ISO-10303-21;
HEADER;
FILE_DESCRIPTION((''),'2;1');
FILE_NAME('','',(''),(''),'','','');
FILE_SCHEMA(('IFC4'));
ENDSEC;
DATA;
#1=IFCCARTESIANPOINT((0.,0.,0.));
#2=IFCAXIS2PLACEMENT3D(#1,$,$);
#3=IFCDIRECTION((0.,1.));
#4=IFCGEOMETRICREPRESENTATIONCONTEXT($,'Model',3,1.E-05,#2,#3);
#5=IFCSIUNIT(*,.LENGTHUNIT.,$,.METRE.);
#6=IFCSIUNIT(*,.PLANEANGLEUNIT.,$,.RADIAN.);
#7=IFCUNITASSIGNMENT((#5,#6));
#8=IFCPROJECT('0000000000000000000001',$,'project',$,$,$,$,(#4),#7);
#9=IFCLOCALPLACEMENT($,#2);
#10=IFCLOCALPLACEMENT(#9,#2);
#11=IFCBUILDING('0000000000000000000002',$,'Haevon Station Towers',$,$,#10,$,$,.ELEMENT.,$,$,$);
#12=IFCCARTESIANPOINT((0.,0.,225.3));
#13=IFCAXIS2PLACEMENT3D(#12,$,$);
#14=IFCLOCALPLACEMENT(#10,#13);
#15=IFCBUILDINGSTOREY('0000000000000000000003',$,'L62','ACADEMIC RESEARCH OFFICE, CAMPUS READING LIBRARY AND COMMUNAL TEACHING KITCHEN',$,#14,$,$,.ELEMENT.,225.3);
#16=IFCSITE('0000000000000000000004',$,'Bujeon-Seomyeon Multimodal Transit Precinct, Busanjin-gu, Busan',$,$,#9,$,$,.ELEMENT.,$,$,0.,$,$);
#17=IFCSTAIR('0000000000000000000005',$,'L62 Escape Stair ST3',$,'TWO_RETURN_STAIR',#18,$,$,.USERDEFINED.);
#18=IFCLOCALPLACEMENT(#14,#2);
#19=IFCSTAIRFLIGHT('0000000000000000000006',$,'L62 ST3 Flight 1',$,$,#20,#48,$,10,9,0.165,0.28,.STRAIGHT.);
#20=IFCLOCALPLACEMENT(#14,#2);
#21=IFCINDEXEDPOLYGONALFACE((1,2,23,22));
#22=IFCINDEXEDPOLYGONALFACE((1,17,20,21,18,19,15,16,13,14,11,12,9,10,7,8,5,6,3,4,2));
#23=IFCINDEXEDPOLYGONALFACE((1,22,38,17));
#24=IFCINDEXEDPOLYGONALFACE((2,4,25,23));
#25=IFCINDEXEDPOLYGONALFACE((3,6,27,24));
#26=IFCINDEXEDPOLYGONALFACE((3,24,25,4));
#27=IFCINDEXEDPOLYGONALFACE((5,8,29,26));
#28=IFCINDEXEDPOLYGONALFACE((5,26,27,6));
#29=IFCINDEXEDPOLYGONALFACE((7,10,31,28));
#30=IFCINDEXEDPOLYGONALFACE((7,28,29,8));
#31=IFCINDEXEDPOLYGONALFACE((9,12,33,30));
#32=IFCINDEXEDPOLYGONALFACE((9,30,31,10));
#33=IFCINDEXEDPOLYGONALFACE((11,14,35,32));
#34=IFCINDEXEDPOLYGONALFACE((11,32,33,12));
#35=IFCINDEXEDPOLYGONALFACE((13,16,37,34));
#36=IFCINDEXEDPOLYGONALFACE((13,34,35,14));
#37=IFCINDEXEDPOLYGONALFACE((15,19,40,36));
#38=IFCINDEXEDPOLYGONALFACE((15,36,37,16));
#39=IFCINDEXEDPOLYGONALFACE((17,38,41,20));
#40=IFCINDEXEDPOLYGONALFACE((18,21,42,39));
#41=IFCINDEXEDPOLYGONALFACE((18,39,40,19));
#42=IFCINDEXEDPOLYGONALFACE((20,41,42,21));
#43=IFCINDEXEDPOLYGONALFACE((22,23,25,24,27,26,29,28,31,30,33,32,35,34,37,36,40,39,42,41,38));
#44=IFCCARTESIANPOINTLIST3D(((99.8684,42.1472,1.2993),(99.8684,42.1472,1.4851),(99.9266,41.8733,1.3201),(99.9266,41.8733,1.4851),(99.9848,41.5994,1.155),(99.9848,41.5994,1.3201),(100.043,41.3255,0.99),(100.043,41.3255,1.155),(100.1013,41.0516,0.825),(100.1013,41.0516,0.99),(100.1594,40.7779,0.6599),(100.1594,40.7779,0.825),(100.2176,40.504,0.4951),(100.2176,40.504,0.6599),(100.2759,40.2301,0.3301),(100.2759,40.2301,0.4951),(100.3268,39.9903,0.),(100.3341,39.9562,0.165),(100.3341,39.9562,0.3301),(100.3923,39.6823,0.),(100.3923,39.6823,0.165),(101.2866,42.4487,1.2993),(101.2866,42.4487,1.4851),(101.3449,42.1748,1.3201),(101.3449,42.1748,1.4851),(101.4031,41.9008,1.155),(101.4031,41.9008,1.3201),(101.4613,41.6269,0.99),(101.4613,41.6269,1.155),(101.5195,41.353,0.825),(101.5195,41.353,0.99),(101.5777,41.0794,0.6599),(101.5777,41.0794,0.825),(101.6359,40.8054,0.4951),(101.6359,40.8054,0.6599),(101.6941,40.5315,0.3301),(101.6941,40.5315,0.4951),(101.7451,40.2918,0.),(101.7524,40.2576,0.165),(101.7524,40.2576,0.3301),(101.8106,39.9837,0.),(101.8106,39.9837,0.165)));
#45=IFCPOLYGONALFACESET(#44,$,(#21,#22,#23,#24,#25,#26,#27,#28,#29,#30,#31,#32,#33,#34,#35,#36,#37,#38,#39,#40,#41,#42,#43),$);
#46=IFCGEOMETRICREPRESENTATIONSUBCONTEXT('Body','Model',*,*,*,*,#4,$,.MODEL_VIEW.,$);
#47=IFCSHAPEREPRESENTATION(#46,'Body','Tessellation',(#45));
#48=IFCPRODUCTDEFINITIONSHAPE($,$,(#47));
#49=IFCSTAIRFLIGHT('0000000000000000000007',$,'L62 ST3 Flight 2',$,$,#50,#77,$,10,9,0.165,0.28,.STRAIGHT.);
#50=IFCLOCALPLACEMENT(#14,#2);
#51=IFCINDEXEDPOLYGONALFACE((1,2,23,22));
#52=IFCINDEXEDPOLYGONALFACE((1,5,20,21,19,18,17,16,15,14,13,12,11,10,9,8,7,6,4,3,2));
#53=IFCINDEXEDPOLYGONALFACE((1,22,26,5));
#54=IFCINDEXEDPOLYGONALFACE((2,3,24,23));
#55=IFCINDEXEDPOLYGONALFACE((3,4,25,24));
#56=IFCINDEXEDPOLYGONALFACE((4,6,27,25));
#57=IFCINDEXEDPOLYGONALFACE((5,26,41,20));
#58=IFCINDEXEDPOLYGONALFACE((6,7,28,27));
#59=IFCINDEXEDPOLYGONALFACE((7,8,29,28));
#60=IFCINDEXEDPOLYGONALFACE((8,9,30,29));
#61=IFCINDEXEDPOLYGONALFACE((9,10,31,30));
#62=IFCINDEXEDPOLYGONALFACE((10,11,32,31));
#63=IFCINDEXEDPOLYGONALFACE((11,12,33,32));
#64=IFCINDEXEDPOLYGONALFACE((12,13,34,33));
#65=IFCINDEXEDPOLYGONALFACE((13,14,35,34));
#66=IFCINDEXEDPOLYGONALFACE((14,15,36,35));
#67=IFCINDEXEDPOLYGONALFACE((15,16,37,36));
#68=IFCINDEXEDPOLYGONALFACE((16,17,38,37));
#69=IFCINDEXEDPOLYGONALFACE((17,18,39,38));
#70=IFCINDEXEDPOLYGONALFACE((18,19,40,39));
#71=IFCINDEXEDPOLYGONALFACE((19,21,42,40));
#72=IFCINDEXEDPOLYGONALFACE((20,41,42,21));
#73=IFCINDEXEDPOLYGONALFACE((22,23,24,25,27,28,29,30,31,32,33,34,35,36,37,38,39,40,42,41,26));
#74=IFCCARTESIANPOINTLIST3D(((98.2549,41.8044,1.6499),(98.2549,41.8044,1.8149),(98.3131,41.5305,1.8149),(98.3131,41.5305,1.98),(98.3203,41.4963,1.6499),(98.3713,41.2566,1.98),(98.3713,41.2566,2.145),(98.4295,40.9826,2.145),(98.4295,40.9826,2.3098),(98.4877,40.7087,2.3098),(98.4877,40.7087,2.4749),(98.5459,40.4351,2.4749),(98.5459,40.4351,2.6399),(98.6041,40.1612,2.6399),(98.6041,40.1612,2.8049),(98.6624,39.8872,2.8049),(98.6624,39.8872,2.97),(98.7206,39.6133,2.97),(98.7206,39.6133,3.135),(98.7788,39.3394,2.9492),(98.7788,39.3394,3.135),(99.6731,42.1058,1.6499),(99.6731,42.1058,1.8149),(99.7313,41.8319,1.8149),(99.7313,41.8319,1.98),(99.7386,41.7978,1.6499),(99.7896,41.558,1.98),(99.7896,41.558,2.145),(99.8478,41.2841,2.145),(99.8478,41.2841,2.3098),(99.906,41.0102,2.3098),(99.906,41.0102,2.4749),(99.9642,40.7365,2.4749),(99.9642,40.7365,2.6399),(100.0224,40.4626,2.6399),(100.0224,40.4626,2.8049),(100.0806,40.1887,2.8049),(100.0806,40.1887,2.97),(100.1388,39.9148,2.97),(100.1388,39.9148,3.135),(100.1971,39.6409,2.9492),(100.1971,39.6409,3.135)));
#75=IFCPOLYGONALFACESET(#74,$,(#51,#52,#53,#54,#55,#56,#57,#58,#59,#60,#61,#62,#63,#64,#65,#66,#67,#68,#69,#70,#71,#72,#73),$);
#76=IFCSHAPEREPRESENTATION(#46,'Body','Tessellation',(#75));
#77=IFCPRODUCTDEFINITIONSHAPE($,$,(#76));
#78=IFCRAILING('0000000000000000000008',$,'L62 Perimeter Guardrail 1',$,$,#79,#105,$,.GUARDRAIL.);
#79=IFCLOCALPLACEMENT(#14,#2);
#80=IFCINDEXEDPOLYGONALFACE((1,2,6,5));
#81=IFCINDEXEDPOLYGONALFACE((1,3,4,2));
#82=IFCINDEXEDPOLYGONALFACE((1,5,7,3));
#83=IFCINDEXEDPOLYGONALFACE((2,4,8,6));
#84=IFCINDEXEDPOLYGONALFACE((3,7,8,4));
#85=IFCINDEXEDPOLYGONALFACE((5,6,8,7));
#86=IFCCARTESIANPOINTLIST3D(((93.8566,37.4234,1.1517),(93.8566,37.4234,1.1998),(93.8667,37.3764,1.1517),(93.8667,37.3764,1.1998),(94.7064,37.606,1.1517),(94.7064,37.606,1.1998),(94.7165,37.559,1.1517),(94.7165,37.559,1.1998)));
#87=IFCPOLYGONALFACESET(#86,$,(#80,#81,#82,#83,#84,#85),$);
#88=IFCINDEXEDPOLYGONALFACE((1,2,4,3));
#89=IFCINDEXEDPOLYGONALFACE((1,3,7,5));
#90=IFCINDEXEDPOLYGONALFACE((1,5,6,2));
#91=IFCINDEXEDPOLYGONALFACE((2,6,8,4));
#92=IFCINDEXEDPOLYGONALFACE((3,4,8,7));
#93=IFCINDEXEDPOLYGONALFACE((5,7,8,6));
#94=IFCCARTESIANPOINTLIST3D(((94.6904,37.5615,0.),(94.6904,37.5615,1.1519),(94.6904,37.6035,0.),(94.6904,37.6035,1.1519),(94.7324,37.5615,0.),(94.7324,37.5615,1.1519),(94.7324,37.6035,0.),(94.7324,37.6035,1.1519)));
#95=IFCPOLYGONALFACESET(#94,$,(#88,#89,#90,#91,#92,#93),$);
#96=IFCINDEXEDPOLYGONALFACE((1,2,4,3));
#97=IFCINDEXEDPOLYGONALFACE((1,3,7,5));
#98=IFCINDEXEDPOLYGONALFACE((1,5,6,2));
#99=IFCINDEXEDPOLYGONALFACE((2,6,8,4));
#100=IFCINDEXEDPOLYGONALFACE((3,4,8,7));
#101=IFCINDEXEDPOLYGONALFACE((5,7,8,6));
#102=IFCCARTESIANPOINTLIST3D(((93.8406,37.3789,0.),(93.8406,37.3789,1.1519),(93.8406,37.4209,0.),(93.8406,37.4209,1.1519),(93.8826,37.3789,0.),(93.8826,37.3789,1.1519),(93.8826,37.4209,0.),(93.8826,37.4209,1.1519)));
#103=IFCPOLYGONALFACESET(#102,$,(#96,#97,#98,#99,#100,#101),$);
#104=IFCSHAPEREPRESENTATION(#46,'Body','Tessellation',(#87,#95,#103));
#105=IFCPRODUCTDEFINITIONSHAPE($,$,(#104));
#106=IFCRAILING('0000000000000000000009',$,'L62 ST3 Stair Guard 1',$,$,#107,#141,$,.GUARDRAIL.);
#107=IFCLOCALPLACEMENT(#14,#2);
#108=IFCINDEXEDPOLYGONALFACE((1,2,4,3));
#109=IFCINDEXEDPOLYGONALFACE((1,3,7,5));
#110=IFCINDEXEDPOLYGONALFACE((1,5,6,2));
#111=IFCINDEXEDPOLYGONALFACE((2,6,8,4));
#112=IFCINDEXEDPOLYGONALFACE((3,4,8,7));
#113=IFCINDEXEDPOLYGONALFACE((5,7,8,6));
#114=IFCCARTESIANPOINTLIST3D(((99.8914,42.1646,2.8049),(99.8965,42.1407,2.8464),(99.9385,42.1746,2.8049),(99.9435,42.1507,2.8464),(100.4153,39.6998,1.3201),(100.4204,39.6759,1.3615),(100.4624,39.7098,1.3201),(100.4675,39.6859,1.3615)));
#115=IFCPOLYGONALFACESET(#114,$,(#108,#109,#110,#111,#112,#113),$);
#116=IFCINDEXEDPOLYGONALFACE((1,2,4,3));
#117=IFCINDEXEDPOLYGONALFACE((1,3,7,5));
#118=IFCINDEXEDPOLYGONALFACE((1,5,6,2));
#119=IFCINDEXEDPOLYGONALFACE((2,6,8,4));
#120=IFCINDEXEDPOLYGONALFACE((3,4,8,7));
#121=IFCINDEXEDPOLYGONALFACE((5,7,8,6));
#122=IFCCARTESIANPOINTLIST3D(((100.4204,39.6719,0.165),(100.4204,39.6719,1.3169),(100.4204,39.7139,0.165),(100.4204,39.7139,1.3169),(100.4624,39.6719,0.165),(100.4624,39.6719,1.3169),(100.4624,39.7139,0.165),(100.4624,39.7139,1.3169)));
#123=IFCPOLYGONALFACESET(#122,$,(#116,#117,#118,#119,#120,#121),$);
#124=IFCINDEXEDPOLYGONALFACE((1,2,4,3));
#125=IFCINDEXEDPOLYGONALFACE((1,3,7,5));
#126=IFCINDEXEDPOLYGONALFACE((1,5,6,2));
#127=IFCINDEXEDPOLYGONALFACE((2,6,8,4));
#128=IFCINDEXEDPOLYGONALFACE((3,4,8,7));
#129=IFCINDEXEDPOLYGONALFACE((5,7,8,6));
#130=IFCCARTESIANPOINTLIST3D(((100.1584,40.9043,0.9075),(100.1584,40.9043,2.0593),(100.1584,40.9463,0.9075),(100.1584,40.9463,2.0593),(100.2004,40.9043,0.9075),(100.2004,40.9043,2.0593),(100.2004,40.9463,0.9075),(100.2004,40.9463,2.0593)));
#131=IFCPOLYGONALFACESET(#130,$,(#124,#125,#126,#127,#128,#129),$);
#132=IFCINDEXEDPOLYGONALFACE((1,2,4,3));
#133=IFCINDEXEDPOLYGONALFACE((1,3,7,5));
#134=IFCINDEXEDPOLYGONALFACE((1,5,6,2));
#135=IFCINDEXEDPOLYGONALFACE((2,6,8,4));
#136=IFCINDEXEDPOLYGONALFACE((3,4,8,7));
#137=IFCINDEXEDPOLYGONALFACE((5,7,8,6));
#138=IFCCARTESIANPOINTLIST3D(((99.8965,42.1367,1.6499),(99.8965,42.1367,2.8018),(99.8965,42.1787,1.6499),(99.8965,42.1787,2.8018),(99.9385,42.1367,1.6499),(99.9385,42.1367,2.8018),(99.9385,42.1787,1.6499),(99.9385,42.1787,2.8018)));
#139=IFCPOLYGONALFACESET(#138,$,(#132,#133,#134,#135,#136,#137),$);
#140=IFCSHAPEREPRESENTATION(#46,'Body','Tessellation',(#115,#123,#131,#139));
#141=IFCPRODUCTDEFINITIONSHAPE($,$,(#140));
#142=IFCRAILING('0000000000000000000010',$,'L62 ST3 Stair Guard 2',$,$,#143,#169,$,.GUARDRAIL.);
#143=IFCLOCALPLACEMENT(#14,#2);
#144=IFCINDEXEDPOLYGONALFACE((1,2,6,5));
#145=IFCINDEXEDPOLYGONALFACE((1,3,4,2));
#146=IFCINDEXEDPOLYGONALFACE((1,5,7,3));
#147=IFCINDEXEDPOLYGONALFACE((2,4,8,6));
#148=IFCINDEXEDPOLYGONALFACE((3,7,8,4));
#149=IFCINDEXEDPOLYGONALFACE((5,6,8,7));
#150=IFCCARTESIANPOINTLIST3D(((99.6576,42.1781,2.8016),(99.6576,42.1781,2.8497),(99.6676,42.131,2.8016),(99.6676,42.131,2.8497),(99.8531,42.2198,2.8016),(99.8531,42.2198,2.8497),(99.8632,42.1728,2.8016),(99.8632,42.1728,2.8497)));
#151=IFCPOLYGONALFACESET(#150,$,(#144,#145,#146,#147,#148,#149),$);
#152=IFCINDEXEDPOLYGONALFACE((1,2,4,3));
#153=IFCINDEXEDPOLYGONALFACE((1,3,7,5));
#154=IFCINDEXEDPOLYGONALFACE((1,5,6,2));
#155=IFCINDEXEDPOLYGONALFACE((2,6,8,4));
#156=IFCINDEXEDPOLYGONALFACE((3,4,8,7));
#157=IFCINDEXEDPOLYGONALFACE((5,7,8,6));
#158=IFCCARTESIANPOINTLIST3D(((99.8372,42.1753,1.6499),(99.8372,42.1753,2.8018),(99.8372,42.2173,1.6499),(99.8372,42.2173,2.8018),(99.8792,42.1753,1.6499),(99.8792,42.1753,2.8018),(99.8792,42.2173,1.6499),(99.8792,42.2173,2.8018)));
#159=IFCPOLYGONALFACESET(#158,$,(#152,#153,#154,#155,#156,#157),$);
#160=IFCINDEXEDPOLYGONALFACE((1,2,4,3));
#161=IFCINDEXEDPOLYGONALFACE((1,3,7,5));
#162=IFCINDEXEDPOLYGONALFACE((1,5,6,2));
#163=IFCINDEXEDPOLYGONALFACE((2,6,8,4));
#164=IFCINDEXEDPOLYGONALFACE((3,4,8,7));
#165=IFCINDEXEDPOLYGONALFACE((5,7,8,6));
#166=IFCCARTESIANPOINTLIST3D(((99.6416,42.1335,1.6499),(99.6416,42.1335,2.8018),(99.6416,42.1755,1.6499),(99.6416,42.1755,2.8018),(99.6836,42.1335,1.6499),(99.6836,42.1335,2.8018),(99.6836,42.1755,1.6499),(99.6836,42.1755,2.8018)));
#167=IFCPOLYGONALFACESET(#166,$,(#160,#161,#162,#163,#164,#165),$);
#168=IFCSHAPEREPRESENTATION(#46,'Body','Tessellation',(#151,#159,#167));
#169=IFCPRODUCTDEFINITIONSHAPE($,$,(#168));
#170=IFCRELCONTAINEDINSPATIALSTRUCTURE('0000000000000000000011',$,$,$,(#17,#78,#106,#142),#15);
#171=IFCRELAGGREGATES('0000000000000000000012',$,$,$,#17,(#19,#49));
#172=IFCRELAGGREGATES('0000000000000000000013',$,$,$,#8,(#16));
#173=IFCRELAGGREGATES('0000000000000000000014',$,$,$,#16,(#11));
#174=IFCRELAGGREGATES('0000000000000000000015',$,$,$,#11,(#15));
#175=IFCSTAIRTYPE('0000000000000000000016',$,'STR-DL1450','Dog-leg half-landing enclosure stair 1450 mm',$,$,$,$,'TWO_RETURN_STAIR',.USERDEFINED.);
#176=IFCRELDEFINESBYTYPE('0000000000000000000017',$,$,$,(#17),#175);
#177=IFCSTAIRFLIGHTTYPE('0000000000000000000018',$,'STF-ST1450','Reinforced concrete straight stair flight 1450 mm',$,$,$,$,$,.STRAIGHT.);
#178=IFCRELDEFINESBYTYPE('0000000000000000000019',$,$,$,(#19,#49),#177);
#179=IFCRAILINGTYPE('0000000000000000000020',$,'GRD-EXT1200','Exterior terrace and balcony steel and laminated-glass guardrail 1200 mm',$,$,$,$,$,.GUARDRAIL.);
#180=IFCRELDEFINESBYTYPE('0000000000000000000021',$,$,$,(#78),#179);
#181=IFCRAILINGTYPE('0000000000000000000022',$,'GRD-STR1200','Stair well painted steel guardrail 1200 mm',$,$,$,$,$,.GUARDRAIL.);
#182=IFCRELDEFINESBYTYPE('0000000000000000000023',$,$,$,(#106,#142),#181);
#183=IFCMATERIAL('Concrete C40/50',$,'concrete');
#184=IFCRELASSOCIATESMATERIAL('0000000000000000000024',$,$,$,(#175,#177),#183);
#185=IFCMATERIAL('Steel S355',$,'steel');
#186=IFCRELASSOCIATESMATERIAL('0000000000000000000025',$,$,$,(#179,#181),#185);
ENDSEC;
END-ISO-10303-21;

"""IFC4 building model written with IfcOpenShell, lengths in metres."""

from ifc_helpers import new_model, si_unit, direction, frame, origin, origin_2d, place, context, subcontext, project, spatial, polyline, rectangle, outline, extrude, material, type_object, element, aggregate, save


model = new_model("IFC4")

# Units and contexts
model_context = context("Model", 3, precision=1e-05, world=origin(), true_north=direction((0.0, 1.0)))
body_context = subcontext(model_context, "Body", "Model", "MODEL_VIEW")
ifc_project = project(units=[si_unit("LENGTHUNIT", "METRE"), si_unit("PLANEANGLEUNIT", "RADIAN")], contexts=[model_context])

# Site, building, storey
site_placement = place(None, origin())
site = spatial("IfcSite", under=ifc_project, at=site_placement, Name="Bujeon-Seomyeon Multimodal Transit Precinct, Busanjin-gu, Busan", CompositionType="ELEMENT", RefElevation=0.0)
building_placement = place(site_placement, origin())
building = spatial("IfcBuilding", under=site, at=building_placement, Name="Haevon Station Towers", CompositionType="ELEMENT")
storey_placement = place(building_placement, frame((0.0, 0.0, 225.3)))
storey = spatial("IfcBuildingStorey", under=building, at=storey_placement, Name="L62", Description="ACADEMIC RESEARCH OFFICE, CAMPUS READING LIBRARY AND COMMUNAL TEACHING KITCHEN", CompositionType="ELEMENT", Elevation=225.3)

# Shared definitions
ifc_material_1 = material(Name="Steel S355", Category="steel")

# Shared definitions
ifc_material_2 = material(Name="Concrete C40/50", Category="concrete")

# Stair, stair flights
stair_type = type_object("IfcStairType", Name="STR-DL1450", Description="Dog-leg half-landing enclosure stair 1450 mm", ElementType="TWO_RETURN_STAIR", PredefinedType="USERDEFINED", material=ifc_material_2)
stair_placement = place(storey_placement, origin())
stair = element("IfcStair", 1, at=stair_placement, inside=storey, type_object=stair_type, Name="L62 Escape Stair ST3", ObjectType="TWO_RETURN_STAIR", PredefinedType="USERDEFINED")
stair_flight_type = type_object("IfcStairFlightType", Name="STF-ST1450", Description="Reinforced concrete straight stair flight 1450 mm", PredefinedType="STRAIGHT", material=ifc_material_2)
stair_flight_1_placement = place(storey_placement, frame((101.1016, 39.833, 0.0), z_axis=(0.0, 0.0, 1.0), x_axis=(-0.207912, 0.978148, 0.0)))
stair_flight_1 = element("IfcStairFlight", 2, at=stair_flight_1_placement, type_object=stair_flight_type, Name="L62 ST3 Flight 1", NumberOfRisers=10, NumberOfTreads=9, PredefinedType="STRAIGHT", RiserHeight=0.165, TreadLength=0.28, context=body_context, shape_type="SweptSolid", body=[
    extrude(outline(polyline([(0.0, 0.0), (0.0, 0.165), (0.28, 0.165), (0.28, 0.3301), (0.5601, 0.3301), (0.5601, 0.4951), (0.8401, 0.4951), (0.8401, 0.6599), (1.1201, 0.6599), (1.1201, 0.825), (1.3999, 0.825), (1.3999, 0.99), (1.6799, 0.99), (1.6799, 1.155), (1.96, 1.155), (1.96, 1.3201), (2.24, 1.3201), (2.24, 1.4851), (2.52, 1.4851), (2.52, 1.6499), (2.52, 1.2993), (0.3149, 0.0), (0.0, 0.0)])), frame((0.0, 0.7251, 0.0), z_axis=(0.0, -1.0, 0.0), x_axis=(1.0, 0.0, 0.0)), (0.0, 0.0, 1.0), 1.45),
])
stair_flight_2_placement = place(storey_placement, frame((98.9639, 41.9551, 1.6499), z_axis=(0.0, 0.0, 1.0), x_axis=(0.207912, -0.978148, 0.0)))
stair_flight_2 = element("IfcStairFlight", 3, at=stair_flight_2_placement, type_object=stair_flight_type, Name="L62 ST3 Flight 2", NumberOfRisers=10, NumberOfTreads=9, PredefinedType="STRAIGHT", RiserHeight=0.165, TreadLength=0.28, context=body_context, shape_type="SweptSolid", body=[
    extrude(outline(polyline([(0.0, 0.0), (0.0, 0.165), (0.28, 0.165), (0.28, 0.3301), (0.5601, 0.3301), (0.5601, 0.4951), (0.8401, 0.4951), (0.8401, 0.6599), (1.1201, 0.6599), (1.1201, 0.825), (1.3999, 0.825), (1.3999, 0.99), (1.6799, 0.99), (1.6799, 1.155), (1.96, 1.155), (1.96, 1.3201), (2.24, 1.3201), (2.24, 1.4851), (2.52, 1.4851), (2.52, 1.6499), (2.52, 1.2993), (0.3149, 0.0), (0.0, 0.0)])), frame((0.0, 0.7251, 0.0), z_axis=(0.0, -1.0, 0.0), x_axis=(1.0, 0.0, 0.0)), (0.0, 0.0, 1.0), 1.45),
])
aggregate(stair, [stair_flight_1, stair_flight_2])

# Railings
railing_type_1 = type_object("IfcRailingType", Name="GRD-EXT1200", Description="Exterior terrace and balcony steel and laminated-glass guardrail 1200 mm", PredefinedType="GUARDRAIL", material=ifc_material_1)
railing_1_placement = place(storey_placement, frame((94.7114, 37.5825, 0.0)))
element("IfcRailing", 4, at=railing_1_placement, inside=storey, type_object=railing_type_1, Name="L62 Perimeter Guardrail 1", PredefinedType="GUARDRAIL", context=body_context, shape_type="SweptSolid", body=[
    extrude(rectangle(XDim=0.0481, YDim=0.0481, at=origin_2d()), frame((0.0, 0.0, 1.1758), z_axis=(-0.977683, -0.210085, 0.0), x_axis=(0.210085, -0.977683, 0.0)), (0.0, 0.0, 1.0), 0.8691),
    extrude(rectangle(XDim=0.042, YDim=0.042, at=origin_2d()), origin(), (0.0, 0.0, 1.0), 1.1519),
    extrude(rectangle(XDim=0.042, YDim=0.042, at=origin_2d()), frame((-0.8499, -0.1826, 0.0)), (0.0, 0.0, 1.0), 1.1519),
])
railing_type_2 = type_object("IfcRailingType", Name="GRD-STR1200", Description="Stair well painted steel guardrail 1200 mm", PredefinedType="GUARDRAIL", material=ifc_material_1)
railing_2_placement = place(storey_placement, frame((100.4414, 39.6929, 0.165)))
element("IfcRailing", 5, at=railing_2_placement, inside=storey, type_object=railing_type_2, Name="L62 ST3 Stair Guard 1", PredefinedType="GUARDRAIL", context=body_context, shape_type="SweptSolid", body=[
    extrude(rectangle(XDim=0.0481, YDim=0.0481, at=origin_2d()), frame((0.0, 0.0, 1.1758), z_axis=(-0.179129, 0.842724, 0.507671), x_axis=(-0.978147, -0.207914, 0.0)), (0.0, 0.0, 1.0), 2.9248),
    extrude(rectangle(XDim=0.042, YDim=0.042, at=origin_2d()), origin(), (0.0, 0.0, 1.0), 1.1519),
    extrude(rectangle(XDim=0.042, YDim=0.042, at=origin_2d()), frame((-0.262, 1.2324, 0.7424)), (0.0, 0.0, 1.0), 1.1519),
    extrude(rectangle(XDim=0.042, YDim=0.042, at=origin_2d()), frame((-0.5239, 2.4648, 1.4849)), (0.0, 0.0, 1.0), 1.1519),
])
railing_3_placement = place(storey_placement, frame((99.8582, 42.1963, 1.6499)))
element("IfcRailing", 6, at=railing_3_placement, inside=storey, type_object=railing_type_2, Name="L62 ST3 Stair Guard 2", PredefinedType="GUARDRAIL", context=body_context, shape_type="SweptSolid", body=[
    extrude(rectangle(XDim=0.0481, YDim=0.0481, at=origin_2d()), frame((0.0, 0.0, 1.1758), z_axis=(-0.977963, -0.208779, 0.0), x_axis=(0.208779, -0.977963, 0.0)), (0.0, 0.0, 1.0), 0.2),
    extrude(rectangle(XDim=0.042, YDim=0.042, at=origin_2d()), origin(), (0.0, 0.0, 1.0), 1.1519),
    extrude(rectangle(XDim=0.042, YDim=0.042, at=origin_2d()), frame((-0.1956, -0.0417, 0.0)), (0.0, 0.0, 1.0), 1.1519),
])

save(model, "model.ifc")
